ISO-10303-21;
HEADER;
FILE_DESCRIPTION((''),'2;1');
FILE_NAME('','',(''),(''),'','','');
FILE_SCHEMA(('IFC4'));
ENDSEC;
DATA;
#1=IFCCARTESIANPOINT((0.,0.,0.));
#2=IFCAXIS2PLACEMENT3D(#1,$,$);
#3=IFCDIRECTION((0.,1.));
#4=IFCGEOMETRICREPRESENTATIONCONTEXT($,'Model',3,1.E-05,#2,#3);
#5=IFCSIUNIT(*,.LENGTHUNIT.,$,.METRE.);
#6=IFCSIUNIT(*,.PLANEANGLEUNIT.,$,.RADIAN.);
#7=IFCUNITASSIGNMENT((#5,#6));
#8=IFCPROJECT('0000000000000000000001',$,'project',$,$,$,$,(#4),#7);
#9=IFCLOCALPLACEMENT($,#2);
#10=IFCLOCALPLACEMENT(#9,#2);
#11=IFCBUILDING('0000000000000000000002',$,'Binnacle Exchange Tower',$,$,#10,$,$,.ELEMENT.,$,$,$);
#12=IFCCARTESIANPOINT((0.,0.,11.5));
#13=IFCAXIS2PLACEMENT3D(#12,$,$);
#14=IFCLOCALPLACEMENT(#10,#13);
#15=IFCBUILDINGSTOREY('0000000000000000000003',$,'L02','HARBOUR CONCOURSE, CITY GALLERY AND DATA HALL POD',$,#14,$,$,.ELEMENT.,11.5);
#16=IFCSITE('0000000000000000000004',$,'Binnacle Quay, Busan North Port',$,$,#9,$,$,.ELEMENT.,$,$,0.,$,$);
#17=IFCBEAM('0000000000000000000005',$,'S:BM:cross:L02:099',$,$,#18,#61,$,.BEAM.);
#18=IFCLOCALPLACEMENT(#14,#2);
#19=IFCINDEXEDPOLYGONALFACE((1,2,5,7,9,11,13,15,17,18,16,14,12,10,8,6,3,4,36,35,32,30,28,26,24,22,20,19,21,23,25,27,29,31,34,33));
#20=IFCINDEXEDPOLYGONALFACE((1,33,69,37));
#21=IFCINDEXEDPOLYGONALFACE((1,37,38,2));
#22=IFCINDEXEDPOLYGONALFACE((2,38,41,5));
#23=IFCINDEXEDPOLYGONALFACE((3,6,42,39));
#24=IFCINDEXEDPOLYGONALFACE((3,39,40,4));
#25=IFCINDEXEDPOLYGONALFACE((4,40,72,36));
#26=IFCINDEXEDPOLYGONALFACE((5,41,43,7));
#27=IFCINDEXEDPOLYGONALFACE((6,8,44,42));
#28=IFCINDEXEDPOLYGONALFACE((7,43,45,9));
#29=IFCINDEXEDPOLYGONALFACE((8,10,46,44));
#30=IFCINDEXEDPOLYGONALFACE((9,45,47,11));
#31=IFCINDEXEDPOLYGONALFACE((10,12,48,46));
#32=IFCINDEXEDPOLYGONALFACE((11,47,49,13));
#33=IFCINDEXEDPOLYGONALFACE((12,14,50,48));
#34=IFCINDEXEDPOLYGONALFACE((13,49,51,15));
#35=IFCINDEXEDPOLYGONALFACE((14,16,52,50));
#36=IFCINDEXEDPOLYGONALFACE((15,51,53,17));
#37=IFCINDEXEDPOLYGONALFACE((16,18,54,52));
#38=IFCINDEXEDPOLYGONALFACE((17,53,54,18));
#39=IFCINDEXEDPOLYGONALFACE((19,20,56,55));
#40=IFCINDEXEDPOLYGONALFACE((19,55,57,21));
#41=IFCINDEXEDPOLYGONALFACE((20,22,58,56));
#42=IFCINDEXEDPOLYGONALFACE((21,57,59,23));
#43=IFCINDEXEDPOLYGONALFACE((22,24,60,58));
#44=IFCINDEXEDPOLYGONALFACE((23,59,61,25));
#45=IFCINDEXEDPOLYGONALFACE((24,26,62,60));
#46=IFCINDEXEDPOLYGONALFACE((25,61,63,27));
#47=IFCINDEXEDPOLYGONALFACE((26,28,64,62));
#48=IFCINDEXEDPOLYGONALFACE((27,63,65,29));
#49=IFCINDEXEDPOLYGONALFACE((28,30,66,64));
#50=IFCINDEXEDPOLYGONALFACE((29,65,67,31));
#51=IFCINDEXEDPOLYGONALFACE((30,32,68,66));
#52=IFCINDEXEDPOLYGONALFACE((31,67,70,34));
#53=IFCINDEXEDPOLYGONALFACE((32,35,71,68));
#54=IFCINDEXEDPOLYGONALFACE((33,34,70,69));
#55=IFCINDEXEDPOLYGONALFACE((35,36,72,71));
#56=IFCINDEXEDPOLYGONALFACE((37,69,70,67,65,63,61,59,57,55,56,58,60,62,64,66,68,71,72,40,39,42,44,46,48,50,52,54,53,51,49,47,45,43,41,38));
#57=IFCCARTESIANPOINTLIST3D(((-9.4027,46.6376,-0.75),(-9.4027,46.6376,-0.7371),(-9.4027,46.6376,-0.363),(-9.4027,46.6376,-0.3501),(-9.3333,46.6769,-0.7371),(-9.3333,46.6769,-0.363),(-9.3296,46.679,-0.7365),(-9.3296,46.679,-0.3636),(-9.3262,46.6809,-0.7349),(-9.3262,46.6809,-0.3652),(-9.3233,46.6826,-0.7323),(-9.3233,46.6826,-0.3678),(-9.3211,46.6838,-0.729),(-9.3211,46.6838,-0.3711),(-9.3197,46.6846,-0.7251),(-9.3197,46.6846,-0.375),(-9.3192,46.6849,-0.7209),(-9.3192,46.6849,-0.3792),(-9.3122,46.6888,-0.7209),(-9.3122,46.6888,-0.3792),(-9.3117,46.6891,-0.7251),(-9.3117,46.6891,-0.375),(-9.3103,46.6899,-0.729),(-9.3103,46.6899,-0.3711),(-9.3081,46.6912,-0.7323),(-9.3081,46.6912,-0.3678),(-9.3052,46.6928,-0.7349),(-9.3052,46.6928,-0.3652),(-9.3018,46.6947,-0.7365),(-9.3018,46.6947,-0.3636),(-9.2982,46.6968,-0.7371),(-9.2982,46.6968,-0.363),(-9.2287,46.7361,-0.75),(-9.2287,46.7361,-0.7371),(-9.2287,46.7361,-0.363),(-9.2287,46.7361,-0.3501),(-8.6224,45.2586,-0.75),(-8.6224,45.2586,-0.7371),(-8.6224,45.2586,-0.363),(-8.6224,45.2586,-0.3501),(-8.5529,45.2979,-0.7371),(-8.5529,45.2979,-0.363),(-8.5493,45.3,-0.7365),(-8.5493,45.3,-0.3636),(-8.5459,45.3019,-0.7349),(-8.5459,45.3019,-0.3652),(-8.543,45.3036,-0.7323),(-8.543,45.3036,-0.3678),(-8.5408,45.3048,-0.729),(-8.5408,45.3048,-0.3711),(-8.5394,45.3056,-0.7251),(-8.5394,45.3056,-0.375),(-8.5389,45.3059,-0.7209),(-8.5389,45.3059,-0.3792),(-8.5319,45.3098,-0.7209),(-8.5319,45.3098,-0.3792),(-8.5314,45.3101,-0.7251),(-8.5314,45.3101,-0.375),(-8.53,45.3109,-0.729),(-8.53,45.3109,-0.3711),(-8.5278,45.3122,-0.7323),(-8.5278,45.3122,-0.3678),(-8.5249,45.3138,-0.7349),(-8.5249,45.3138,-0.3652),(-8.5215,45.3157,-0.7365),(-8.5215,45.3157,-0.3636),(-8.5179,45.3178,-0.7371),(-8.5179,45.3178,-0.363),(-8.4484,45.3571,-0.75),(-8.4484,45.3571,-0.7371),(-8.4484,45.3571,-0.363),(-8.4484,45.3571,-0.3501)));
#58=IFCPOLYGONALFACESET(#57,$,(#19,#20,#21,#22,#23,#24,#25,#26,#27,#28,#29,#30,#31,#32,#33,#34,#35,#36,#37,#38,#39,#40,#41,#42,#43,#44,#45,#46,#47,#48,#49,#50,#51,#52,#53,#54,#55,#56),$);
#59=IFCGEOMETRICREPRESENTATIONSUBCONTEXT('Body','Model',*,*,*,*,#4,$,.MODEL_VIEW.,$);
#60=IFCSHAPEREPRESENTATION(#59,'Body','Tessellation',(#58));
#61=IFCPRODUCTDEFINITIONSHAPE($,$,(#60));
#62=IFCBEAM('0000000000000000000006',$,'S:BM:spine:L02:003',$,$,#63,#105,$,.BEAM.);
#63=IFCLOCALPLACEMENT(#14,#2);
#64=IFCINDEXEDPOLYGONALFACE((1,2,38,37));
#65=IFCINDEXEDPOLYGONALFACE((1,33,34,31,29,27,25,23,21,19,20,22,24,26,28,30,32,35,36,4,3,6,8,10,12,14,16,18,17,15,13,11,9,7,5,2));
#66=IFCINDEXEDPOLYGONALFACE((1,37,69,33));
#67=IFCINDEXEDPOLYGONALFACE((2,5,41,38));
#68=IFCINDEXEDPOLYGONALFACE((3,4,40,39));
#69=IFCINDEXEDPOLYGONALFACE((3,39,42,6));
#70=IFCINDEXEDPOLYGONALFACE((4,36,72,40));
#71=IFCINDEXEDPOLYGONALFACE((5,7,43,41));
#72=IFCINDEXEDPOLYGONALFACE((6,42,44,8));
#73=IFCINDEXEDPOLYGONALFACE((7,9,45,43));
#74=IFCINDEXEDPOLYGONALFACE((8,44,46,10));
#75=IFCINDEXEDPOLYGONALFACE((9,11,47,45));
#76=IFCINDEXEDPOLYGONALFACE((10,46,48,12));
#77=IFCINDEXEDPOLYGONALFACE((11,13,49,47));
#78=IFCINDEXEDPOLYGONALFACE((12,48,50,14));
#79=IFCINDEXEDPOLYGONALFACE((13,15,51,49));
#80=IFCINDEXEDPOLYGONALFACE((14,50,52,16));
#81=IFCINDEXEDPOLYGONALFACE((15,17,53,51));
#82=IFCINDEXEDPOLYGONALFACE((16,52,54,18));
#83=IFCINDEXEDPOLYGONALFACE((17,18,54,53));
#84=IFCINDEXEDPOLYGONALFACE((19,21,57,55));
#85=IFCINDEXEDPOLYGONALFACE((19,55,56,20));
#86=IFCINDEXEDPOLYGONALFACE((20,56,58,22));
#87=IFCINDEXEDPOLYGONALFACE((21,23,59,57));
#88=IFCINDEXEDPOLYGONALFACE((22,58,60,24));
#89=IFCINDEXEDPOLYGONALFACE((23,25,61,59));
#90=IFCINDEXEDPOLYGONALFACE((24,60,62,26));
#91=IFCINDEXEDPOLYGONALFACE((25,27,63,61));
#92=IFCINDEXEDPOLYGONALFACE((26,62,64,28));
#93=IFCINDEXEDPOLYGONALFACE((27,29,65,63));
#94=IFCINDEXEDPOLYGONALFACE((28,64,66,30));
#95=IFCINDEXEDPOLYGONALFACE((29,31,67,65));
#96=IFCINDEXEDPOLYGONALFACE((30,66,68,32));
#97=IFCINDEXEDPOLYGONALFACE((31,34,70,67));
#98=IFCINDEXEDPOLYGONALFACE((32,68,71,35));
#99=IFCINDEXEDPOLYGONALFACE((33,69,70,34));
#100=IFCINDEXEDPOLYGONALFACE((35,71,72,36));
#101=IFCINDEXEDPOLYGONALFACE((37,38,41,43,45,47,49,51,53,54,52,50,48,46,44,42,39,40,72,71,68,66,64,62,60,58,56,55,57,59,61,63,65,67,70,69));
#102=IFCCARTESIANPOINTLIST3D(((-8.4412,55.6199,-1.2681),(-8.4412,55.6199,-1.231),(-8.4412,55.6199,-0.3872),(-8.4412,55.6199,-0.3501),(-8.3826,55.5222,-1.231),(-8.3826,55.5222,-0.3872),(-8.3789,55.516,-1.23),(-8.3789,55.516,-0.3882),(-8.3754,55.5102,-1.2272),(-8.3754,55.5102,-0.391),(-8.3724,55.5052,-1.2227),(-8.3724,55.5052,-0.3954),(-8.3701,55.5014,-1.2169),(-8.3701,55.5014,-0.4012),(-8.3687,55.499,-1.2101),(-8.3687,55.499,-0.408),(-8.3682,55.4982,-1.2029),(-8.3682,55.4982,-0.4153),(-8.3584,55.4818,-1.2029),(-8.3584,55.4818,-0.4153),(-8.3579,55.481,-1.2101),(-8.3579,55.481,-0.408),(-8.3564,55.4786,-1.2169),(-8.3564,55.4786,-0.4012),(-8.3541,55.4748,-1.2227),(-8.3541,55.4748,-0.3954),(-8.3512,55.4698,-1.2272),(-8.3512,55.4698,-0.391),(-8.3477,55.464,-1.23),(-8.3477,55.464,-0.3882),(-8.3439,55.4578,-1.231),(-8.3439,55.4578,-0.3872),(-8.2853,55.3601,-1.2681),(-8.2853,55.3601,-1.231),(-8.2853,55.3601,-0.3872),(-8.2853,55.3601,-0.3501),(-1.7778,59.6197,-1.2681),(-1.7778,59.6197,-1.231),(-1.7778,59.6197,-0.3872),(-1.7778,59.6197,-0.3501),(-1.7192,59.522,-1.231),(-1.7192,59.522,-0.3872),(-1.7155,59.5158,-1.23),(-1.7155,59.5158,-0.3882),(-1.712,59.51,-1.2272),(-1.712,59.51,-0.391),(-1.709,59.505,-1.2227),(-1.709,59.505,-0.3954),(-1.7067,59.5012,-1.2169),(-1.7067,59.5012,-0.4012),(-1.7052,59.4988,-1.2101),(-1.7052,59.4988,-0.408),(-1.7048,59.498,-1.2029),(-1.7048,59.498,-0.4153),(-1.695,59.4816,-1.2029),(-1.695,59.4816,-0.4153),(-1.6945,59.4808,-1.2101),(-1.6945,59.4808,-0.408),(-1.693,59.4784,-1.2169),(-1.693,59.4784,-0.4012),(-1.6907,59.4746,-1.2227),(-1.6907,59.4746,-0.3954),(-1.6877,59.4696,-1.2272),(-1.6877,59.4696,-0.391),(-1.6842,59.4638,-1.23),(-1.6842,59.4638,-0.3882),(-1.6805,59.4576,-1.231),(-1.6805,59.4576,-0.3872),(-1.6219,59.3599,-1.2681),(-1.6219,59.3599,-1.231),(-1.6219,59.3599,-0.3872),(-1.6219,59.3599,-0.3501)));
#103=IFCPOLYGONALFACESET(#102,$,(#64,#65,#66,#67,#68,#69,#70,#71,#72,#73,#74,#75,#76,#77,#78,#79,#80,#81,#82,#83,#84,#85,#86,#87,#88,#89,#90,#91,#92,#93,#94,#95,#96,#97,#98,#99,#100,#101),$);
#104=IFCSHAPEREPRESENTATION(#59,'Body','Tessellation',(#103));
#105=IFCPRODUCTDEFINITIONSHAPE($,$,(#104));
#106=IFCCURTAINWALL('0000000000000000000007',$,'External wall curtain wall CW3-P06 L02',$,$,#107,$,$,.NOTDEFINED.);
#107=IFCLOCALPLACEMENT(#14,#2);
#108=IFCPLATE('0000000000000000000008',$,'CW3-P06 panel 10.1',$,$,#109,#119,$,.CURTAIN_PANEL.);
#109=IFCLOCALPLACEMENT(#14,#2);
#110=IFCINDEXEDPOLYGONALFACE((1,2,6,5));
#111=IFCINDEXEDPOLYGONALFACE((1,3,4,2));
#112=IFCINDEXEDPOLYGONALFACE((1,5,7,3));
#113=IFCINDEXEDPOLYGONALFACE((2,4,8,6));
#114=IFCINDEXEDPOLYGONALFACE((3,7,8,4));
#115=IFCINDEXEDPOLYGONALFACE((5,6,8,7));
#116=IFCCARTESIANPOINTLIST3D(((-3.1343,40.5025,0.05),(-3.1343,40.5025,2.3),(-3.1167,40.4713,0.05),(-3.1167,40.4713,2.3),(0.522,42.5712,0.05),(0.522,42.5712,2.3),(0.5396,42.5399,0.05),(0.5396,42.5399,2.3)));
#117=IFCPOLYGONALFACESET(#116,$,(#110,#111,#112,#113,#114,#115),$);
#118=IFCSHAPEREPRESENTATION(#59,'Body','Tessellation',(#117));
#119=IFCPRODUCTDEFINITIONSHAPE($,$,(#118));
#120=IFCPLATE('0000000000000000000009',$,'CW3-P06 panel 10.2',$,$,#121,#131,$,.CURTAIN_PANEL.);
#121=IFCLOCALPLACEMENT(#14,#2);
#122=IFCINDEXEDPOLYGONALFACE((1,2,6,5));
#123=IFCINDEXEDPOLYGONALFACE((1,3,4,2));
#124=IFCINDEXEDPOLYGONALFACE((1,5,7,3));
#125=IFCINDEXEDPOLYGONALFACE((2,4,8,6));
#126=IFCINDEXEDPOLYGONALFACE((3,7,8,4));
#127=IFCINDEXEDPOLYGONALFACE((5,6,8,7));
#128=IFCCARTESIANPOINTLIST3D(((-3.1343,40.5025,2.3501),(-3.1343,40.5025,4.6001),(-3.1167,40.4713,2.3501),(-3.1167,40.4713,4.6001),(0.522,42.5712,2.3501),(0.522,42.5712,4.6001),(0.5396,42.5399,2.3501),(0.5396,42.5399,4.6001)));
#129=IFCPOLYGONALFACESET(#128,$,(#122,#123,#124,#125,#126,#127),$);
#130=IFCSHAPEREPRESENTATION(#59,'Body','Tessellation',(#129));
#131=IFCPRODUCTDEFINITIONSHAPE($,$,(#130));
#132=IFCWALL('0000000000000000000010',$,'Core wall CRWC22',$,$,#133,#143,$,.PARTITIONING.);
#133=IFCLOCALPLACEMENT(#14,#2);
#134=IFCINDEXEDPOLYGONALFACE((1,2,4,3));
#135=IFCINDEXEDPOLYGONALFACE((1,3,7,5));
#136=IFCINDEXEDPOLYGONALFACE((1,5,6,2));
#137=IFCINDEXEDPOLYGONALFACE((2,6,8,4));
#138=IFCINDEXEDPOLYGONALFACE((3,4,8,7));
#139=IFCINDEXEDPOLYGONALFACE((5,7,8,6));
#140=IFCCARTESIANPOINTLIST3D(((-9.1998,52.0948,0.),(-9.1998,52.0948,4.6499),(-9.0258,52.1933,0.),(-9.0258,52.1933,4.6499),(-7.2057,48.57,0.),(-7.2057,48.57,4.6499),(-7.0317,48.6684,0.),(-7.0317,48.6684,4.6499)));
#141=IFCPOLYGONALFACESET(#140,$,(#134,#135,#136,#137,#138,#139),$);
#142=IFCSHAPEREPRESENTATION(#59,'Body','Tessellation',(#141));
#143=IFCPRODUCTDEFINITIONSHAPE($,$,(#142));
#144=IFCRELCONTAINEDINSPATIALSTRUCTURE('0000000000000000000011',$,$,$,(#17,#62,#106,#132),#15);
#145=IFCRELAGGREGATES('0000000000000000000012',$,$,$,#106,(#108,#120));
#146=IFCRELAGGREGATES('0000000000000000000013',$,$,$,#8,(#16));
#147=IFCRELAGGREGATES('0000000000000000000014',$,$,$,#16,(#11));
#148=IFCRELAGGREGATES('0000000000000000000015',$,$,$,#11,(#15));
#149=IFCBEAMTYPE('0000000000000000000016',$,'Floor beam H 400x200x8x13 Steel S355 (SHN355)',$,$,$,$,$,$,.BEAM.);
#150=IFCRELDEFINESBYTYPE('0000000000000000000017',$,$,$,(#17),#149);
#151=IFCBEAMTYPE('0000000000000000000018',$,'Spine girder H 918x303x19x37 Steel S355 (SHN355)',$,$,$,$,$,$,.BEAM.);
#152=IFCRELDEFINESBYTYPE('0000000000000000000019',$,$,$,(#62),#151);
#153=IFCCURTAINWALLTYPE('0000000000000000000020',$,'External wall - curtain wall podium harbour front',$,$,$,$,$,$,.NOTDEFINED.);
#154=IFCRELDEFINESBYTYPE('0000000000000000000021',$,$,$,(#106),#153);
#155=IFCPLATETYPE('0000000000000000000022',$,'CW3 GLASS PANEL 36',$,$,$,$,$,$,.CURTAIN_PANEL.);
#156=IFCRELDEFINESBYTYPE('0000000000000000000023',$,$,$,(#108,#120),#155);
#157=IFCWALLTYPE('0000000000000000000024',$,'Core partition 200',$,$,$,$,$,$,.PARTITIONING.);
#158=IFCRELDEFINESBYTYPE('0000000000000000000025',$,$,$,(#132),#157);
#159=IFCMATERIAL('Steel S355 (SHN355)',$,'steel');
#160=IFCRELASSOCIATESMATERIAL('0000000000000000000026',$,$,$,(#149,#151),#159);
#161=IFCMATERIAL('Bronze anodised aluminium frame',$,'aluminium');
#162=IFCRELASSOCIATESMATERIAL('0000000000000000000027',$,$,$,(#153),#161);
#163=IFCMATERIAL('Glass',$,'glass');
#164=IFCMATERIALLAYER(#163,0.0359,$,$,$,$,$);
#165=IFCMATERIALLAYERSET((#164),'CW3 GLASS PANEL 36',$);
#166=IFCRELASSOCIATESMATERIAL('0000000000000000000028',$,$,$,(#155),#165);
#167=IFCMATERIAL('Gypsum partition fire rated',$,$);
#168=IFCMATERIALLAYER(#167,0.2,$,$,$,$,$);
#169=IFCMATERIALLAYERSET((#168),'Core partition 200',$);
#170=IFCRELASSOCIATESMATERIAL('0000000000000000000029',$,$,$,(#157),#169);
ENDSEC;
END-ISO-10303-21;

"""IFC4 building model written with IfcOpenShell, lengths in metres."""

from ifc_helpers import new_model, si_unit, direction, frame, frame_2d, origin, origin_2d, place, context, subcontext, project, spatial, rectangle, i_section, extrude, material, layer, layer_set, material_profile, profile_set, type_object, element, aggregate, save


model = new_model("IFC4")

# Units and contexts
model_context = context("Model", 3, precision=1e-05, world=origin(), true_north=direction((0.0, 1.0)))
body_context = subcontext(model_context, "Body", "Model", "MODEL_VIEW")
ifc_project = project(units=[si_unit("LENGTHUNIT", "METRE"), si_unit("PLANEANGLEUNIT", "RADIAN")], contexts=[model_context])

# Site, building, storey
site_placement = place(None, origin())
site = spatial("IfcSite", under=ifc_project, at=site_placement, Name="Binnacle Quay, Busan North Port", CompositionType="ELEMENT", RefElevation=0.0)
building_placement = place(site_placement, origin())
building = spatial("IfcBuilding", under=site, at=building_placement, Name="Binnacle Exchange Tower", CompositionType="ELEMENT")
storey_placement = place(building_placement, frame((0.0, 0.0, 11.5)))
storey = spatial("IfcBuildingStorey", under=building, at=storey_placement, Name="L02", Description="HARBOUR CONCOURSE, CITY GALLERY AND DATA HALL POD", CompositionType="ELEMENT", Elevation=11.5)

# Beams
ifc_material_1 = material(Name="Steel S355 (SHN355)", Category="steel")
ifc_material_profile_1 = material_profile(ifc_material_1, i_section(OverallWidth=0.2, OverallDepth=0.3999, WebThickness=0.0081, FlangeThickness=0.0129, FilletRadius=0.0161, at=origin_2d()), Name="H 400x200x8x13")
ifc_profile_set_1 = profile_set([ifc_material_profile_1], Name="Steel S355 (SHN355)")
beam_type_1 = type_object("IfcBeamType", Name="Floor beam H 400x200x8x13 Steel S355 (SHN355)", PredefinedType="BEAM", material=ifc_profile_set_1)
beam_1_placement = place(storey_placement, frame((-8.5354, 45.3079, -0.55), z_axis=(-0.492484, 0.870322, 0.0), x_axis=(-0.870322, -0.492484, 0.0)))
element("IfcBeam", 1, at=beam_1_placement, inside=storey, type_object=beam_type_1, Name="S:BM:cross:L02:099", PredefinedType="BEAM", context=body_context, shape_type="SweptSolid", body=[
    extrude(i_section(OverallWidth=0.2, OverallDepth=0.3999, WebThickness=0.0081, FlangeThickness=0.0129, FilletRadius=0.0161, at=origin_2d()), origin(), (0.0, 0.0, 1.0), 1.5845),
])
ifc_material_profile_2 = material_profile(ifc_material_1, i_section(OverallWidth=0.303, OverallDepth=0.918, WebThickness=0.019, FlangeThickness=0.0371, FilletRadius=0.0281, at=origin_2d()), Name="H 918x303x19x37")
ifc_profile_set_2 = profile_set([ifc_material_profile_2], Name="Steel S355 (SHN355)")
beam_type_2 = type_object("IfcBeamType", Name="Spine girder H 918x303x19x37 Steel S355 (SHN355)", PredefinedType="BEAM", material=ifc_profile_set_2)
beam_2_placement = place(storey_placement, frame((-8.3633, 55.49, -0.8091), z_axis=(0.857393, 0.514662, 0.0), x_axis=(-0.514662, 0.857393, 0.0)))
element("IfcBeam", 2, at=beam_2_placement, inside=storey, type_object=beam_type_2, Name="S:BM:spine:L02:003", PredefinedType="BEAM", context=body_context, shape_type="SweptSolid", body=[
    extrude(i_section(OverallWidth=0.303, OverallDepth=0.918, WebThickness=0.019, FlangeThickness=0.0371, FilletRadius=0.0281, at=origin_2d()), origin(), (0.0, 0.0, 1.0), 7.7717),
])

# Curtain wall, plates
ifc_material_2 = material(Name="Bronze anodised aluminium frame", Category="aluminium")
curtain_wall_type = type_object("IfcCurtainWallType", Name="External wall - curtain wall podium harbour front", PredefinedType="NOTDEFINED", material=ifc_material_2)
curtain_wall_placement = place(storey_placement, origin())
curtain_wall = element("IfcCurtainWall", 3, at=curtain_wall_placement, inside=storey, type_object=curtain_wall_type, Name="External wall curtain wall CW3-P06 L02", PredefinedType="NOTDEFINED")
ifc_material_3 = material(Name="Glass", Category="glass")
ifc_layer_1 = layer(ifc_material_3, 0.0359)
ifc_layer_set_1 = layer_set([ifc_layer_1], Name="CW3 GLASS PANEL 36")
plate_type = type_object("IfcPlateType", Name="CW3 GLASS PANEL 36", PredefinedType="CURTAIN_PANEL", material=ifc_layer_set_1)
plate_1_placement = place(storey_placement, frame((-1.2974, 41.5212, 0.05), z_axis=(0.0, 0.0, 1.0), x_axis=(0.870356, 0.492424, 0.0)))
plate_1 = element("IfcPlate", 4, at=plate_1_placement, type_object=plate_type, Name="CW3-P06 panel 10.1", PredefinedType="CURTAIN_PANEL", context=body_context, shape_type="SweptSolid", body=[
    extrude(rectangle(XDim=4.2009, YDim=0.0359, at=origin_2d()), origin(), (0.0, 0.0, 1.0), 2.25),
])
plate_2_placement = place(storey_placement, frame((-1.2974, 41.5212, 2.3501), z_axis=(0.0, 0.0, 1.0), x_axis=(0.870356, 0.492424, 0.0)))
plate_2 = element("IfcPlate", 5, at=plate_2_placement, type_object=plate_type, Name="CW3-P06 panel 10.2", PredefinedType="CURTAIN_PANEL", context=body_context, shape_type="SweptSolid", body=[
    extrude(rectangle(XDim=4.2009, YDim=0.0359, at=origin_2d()), origin(), (0.0, 0.0, 1.0), 2.25),
])
aggregate(curtain_wall, [plate_1, plate_2])

# Wall
ifc_material_4 = material(Name="Gypsum partition fire rated")
ifc_layer_2 = layer(ifc_material_4, 0.2)
ifc_layer_set_2 = layer_set([ifc_layer_2], Name="Core partition 200")
wall_type_1 = type_object("IfcWallType", Name="Core partition 200", PredefinedType="PARTITIONING", material=ifc_layer_set_2)
wall_1_placement = place(storey_placement, frame((-9.1128, 52.144, 0.0), z_axis=(0.0, 0.0, 1.0), x_axis=(0.492395, -0.870372, 0.0)))
element("IfcWall", 6, at=wall_1_placement, inside=storey, type_object=wall_type_1, Name="Core wall CRWC22", PredefinedType="PARTITIONING", context=body_context, shape_type="SweptSolid", body=[
    extrude(rectangle(XDim=4.0498, YDim=0.2, at=frame_2d((2.0249, 0.0))), origin(), (0.0, 0.0, 1.0), 4.6499),
])

save(model, "model.ifc")
